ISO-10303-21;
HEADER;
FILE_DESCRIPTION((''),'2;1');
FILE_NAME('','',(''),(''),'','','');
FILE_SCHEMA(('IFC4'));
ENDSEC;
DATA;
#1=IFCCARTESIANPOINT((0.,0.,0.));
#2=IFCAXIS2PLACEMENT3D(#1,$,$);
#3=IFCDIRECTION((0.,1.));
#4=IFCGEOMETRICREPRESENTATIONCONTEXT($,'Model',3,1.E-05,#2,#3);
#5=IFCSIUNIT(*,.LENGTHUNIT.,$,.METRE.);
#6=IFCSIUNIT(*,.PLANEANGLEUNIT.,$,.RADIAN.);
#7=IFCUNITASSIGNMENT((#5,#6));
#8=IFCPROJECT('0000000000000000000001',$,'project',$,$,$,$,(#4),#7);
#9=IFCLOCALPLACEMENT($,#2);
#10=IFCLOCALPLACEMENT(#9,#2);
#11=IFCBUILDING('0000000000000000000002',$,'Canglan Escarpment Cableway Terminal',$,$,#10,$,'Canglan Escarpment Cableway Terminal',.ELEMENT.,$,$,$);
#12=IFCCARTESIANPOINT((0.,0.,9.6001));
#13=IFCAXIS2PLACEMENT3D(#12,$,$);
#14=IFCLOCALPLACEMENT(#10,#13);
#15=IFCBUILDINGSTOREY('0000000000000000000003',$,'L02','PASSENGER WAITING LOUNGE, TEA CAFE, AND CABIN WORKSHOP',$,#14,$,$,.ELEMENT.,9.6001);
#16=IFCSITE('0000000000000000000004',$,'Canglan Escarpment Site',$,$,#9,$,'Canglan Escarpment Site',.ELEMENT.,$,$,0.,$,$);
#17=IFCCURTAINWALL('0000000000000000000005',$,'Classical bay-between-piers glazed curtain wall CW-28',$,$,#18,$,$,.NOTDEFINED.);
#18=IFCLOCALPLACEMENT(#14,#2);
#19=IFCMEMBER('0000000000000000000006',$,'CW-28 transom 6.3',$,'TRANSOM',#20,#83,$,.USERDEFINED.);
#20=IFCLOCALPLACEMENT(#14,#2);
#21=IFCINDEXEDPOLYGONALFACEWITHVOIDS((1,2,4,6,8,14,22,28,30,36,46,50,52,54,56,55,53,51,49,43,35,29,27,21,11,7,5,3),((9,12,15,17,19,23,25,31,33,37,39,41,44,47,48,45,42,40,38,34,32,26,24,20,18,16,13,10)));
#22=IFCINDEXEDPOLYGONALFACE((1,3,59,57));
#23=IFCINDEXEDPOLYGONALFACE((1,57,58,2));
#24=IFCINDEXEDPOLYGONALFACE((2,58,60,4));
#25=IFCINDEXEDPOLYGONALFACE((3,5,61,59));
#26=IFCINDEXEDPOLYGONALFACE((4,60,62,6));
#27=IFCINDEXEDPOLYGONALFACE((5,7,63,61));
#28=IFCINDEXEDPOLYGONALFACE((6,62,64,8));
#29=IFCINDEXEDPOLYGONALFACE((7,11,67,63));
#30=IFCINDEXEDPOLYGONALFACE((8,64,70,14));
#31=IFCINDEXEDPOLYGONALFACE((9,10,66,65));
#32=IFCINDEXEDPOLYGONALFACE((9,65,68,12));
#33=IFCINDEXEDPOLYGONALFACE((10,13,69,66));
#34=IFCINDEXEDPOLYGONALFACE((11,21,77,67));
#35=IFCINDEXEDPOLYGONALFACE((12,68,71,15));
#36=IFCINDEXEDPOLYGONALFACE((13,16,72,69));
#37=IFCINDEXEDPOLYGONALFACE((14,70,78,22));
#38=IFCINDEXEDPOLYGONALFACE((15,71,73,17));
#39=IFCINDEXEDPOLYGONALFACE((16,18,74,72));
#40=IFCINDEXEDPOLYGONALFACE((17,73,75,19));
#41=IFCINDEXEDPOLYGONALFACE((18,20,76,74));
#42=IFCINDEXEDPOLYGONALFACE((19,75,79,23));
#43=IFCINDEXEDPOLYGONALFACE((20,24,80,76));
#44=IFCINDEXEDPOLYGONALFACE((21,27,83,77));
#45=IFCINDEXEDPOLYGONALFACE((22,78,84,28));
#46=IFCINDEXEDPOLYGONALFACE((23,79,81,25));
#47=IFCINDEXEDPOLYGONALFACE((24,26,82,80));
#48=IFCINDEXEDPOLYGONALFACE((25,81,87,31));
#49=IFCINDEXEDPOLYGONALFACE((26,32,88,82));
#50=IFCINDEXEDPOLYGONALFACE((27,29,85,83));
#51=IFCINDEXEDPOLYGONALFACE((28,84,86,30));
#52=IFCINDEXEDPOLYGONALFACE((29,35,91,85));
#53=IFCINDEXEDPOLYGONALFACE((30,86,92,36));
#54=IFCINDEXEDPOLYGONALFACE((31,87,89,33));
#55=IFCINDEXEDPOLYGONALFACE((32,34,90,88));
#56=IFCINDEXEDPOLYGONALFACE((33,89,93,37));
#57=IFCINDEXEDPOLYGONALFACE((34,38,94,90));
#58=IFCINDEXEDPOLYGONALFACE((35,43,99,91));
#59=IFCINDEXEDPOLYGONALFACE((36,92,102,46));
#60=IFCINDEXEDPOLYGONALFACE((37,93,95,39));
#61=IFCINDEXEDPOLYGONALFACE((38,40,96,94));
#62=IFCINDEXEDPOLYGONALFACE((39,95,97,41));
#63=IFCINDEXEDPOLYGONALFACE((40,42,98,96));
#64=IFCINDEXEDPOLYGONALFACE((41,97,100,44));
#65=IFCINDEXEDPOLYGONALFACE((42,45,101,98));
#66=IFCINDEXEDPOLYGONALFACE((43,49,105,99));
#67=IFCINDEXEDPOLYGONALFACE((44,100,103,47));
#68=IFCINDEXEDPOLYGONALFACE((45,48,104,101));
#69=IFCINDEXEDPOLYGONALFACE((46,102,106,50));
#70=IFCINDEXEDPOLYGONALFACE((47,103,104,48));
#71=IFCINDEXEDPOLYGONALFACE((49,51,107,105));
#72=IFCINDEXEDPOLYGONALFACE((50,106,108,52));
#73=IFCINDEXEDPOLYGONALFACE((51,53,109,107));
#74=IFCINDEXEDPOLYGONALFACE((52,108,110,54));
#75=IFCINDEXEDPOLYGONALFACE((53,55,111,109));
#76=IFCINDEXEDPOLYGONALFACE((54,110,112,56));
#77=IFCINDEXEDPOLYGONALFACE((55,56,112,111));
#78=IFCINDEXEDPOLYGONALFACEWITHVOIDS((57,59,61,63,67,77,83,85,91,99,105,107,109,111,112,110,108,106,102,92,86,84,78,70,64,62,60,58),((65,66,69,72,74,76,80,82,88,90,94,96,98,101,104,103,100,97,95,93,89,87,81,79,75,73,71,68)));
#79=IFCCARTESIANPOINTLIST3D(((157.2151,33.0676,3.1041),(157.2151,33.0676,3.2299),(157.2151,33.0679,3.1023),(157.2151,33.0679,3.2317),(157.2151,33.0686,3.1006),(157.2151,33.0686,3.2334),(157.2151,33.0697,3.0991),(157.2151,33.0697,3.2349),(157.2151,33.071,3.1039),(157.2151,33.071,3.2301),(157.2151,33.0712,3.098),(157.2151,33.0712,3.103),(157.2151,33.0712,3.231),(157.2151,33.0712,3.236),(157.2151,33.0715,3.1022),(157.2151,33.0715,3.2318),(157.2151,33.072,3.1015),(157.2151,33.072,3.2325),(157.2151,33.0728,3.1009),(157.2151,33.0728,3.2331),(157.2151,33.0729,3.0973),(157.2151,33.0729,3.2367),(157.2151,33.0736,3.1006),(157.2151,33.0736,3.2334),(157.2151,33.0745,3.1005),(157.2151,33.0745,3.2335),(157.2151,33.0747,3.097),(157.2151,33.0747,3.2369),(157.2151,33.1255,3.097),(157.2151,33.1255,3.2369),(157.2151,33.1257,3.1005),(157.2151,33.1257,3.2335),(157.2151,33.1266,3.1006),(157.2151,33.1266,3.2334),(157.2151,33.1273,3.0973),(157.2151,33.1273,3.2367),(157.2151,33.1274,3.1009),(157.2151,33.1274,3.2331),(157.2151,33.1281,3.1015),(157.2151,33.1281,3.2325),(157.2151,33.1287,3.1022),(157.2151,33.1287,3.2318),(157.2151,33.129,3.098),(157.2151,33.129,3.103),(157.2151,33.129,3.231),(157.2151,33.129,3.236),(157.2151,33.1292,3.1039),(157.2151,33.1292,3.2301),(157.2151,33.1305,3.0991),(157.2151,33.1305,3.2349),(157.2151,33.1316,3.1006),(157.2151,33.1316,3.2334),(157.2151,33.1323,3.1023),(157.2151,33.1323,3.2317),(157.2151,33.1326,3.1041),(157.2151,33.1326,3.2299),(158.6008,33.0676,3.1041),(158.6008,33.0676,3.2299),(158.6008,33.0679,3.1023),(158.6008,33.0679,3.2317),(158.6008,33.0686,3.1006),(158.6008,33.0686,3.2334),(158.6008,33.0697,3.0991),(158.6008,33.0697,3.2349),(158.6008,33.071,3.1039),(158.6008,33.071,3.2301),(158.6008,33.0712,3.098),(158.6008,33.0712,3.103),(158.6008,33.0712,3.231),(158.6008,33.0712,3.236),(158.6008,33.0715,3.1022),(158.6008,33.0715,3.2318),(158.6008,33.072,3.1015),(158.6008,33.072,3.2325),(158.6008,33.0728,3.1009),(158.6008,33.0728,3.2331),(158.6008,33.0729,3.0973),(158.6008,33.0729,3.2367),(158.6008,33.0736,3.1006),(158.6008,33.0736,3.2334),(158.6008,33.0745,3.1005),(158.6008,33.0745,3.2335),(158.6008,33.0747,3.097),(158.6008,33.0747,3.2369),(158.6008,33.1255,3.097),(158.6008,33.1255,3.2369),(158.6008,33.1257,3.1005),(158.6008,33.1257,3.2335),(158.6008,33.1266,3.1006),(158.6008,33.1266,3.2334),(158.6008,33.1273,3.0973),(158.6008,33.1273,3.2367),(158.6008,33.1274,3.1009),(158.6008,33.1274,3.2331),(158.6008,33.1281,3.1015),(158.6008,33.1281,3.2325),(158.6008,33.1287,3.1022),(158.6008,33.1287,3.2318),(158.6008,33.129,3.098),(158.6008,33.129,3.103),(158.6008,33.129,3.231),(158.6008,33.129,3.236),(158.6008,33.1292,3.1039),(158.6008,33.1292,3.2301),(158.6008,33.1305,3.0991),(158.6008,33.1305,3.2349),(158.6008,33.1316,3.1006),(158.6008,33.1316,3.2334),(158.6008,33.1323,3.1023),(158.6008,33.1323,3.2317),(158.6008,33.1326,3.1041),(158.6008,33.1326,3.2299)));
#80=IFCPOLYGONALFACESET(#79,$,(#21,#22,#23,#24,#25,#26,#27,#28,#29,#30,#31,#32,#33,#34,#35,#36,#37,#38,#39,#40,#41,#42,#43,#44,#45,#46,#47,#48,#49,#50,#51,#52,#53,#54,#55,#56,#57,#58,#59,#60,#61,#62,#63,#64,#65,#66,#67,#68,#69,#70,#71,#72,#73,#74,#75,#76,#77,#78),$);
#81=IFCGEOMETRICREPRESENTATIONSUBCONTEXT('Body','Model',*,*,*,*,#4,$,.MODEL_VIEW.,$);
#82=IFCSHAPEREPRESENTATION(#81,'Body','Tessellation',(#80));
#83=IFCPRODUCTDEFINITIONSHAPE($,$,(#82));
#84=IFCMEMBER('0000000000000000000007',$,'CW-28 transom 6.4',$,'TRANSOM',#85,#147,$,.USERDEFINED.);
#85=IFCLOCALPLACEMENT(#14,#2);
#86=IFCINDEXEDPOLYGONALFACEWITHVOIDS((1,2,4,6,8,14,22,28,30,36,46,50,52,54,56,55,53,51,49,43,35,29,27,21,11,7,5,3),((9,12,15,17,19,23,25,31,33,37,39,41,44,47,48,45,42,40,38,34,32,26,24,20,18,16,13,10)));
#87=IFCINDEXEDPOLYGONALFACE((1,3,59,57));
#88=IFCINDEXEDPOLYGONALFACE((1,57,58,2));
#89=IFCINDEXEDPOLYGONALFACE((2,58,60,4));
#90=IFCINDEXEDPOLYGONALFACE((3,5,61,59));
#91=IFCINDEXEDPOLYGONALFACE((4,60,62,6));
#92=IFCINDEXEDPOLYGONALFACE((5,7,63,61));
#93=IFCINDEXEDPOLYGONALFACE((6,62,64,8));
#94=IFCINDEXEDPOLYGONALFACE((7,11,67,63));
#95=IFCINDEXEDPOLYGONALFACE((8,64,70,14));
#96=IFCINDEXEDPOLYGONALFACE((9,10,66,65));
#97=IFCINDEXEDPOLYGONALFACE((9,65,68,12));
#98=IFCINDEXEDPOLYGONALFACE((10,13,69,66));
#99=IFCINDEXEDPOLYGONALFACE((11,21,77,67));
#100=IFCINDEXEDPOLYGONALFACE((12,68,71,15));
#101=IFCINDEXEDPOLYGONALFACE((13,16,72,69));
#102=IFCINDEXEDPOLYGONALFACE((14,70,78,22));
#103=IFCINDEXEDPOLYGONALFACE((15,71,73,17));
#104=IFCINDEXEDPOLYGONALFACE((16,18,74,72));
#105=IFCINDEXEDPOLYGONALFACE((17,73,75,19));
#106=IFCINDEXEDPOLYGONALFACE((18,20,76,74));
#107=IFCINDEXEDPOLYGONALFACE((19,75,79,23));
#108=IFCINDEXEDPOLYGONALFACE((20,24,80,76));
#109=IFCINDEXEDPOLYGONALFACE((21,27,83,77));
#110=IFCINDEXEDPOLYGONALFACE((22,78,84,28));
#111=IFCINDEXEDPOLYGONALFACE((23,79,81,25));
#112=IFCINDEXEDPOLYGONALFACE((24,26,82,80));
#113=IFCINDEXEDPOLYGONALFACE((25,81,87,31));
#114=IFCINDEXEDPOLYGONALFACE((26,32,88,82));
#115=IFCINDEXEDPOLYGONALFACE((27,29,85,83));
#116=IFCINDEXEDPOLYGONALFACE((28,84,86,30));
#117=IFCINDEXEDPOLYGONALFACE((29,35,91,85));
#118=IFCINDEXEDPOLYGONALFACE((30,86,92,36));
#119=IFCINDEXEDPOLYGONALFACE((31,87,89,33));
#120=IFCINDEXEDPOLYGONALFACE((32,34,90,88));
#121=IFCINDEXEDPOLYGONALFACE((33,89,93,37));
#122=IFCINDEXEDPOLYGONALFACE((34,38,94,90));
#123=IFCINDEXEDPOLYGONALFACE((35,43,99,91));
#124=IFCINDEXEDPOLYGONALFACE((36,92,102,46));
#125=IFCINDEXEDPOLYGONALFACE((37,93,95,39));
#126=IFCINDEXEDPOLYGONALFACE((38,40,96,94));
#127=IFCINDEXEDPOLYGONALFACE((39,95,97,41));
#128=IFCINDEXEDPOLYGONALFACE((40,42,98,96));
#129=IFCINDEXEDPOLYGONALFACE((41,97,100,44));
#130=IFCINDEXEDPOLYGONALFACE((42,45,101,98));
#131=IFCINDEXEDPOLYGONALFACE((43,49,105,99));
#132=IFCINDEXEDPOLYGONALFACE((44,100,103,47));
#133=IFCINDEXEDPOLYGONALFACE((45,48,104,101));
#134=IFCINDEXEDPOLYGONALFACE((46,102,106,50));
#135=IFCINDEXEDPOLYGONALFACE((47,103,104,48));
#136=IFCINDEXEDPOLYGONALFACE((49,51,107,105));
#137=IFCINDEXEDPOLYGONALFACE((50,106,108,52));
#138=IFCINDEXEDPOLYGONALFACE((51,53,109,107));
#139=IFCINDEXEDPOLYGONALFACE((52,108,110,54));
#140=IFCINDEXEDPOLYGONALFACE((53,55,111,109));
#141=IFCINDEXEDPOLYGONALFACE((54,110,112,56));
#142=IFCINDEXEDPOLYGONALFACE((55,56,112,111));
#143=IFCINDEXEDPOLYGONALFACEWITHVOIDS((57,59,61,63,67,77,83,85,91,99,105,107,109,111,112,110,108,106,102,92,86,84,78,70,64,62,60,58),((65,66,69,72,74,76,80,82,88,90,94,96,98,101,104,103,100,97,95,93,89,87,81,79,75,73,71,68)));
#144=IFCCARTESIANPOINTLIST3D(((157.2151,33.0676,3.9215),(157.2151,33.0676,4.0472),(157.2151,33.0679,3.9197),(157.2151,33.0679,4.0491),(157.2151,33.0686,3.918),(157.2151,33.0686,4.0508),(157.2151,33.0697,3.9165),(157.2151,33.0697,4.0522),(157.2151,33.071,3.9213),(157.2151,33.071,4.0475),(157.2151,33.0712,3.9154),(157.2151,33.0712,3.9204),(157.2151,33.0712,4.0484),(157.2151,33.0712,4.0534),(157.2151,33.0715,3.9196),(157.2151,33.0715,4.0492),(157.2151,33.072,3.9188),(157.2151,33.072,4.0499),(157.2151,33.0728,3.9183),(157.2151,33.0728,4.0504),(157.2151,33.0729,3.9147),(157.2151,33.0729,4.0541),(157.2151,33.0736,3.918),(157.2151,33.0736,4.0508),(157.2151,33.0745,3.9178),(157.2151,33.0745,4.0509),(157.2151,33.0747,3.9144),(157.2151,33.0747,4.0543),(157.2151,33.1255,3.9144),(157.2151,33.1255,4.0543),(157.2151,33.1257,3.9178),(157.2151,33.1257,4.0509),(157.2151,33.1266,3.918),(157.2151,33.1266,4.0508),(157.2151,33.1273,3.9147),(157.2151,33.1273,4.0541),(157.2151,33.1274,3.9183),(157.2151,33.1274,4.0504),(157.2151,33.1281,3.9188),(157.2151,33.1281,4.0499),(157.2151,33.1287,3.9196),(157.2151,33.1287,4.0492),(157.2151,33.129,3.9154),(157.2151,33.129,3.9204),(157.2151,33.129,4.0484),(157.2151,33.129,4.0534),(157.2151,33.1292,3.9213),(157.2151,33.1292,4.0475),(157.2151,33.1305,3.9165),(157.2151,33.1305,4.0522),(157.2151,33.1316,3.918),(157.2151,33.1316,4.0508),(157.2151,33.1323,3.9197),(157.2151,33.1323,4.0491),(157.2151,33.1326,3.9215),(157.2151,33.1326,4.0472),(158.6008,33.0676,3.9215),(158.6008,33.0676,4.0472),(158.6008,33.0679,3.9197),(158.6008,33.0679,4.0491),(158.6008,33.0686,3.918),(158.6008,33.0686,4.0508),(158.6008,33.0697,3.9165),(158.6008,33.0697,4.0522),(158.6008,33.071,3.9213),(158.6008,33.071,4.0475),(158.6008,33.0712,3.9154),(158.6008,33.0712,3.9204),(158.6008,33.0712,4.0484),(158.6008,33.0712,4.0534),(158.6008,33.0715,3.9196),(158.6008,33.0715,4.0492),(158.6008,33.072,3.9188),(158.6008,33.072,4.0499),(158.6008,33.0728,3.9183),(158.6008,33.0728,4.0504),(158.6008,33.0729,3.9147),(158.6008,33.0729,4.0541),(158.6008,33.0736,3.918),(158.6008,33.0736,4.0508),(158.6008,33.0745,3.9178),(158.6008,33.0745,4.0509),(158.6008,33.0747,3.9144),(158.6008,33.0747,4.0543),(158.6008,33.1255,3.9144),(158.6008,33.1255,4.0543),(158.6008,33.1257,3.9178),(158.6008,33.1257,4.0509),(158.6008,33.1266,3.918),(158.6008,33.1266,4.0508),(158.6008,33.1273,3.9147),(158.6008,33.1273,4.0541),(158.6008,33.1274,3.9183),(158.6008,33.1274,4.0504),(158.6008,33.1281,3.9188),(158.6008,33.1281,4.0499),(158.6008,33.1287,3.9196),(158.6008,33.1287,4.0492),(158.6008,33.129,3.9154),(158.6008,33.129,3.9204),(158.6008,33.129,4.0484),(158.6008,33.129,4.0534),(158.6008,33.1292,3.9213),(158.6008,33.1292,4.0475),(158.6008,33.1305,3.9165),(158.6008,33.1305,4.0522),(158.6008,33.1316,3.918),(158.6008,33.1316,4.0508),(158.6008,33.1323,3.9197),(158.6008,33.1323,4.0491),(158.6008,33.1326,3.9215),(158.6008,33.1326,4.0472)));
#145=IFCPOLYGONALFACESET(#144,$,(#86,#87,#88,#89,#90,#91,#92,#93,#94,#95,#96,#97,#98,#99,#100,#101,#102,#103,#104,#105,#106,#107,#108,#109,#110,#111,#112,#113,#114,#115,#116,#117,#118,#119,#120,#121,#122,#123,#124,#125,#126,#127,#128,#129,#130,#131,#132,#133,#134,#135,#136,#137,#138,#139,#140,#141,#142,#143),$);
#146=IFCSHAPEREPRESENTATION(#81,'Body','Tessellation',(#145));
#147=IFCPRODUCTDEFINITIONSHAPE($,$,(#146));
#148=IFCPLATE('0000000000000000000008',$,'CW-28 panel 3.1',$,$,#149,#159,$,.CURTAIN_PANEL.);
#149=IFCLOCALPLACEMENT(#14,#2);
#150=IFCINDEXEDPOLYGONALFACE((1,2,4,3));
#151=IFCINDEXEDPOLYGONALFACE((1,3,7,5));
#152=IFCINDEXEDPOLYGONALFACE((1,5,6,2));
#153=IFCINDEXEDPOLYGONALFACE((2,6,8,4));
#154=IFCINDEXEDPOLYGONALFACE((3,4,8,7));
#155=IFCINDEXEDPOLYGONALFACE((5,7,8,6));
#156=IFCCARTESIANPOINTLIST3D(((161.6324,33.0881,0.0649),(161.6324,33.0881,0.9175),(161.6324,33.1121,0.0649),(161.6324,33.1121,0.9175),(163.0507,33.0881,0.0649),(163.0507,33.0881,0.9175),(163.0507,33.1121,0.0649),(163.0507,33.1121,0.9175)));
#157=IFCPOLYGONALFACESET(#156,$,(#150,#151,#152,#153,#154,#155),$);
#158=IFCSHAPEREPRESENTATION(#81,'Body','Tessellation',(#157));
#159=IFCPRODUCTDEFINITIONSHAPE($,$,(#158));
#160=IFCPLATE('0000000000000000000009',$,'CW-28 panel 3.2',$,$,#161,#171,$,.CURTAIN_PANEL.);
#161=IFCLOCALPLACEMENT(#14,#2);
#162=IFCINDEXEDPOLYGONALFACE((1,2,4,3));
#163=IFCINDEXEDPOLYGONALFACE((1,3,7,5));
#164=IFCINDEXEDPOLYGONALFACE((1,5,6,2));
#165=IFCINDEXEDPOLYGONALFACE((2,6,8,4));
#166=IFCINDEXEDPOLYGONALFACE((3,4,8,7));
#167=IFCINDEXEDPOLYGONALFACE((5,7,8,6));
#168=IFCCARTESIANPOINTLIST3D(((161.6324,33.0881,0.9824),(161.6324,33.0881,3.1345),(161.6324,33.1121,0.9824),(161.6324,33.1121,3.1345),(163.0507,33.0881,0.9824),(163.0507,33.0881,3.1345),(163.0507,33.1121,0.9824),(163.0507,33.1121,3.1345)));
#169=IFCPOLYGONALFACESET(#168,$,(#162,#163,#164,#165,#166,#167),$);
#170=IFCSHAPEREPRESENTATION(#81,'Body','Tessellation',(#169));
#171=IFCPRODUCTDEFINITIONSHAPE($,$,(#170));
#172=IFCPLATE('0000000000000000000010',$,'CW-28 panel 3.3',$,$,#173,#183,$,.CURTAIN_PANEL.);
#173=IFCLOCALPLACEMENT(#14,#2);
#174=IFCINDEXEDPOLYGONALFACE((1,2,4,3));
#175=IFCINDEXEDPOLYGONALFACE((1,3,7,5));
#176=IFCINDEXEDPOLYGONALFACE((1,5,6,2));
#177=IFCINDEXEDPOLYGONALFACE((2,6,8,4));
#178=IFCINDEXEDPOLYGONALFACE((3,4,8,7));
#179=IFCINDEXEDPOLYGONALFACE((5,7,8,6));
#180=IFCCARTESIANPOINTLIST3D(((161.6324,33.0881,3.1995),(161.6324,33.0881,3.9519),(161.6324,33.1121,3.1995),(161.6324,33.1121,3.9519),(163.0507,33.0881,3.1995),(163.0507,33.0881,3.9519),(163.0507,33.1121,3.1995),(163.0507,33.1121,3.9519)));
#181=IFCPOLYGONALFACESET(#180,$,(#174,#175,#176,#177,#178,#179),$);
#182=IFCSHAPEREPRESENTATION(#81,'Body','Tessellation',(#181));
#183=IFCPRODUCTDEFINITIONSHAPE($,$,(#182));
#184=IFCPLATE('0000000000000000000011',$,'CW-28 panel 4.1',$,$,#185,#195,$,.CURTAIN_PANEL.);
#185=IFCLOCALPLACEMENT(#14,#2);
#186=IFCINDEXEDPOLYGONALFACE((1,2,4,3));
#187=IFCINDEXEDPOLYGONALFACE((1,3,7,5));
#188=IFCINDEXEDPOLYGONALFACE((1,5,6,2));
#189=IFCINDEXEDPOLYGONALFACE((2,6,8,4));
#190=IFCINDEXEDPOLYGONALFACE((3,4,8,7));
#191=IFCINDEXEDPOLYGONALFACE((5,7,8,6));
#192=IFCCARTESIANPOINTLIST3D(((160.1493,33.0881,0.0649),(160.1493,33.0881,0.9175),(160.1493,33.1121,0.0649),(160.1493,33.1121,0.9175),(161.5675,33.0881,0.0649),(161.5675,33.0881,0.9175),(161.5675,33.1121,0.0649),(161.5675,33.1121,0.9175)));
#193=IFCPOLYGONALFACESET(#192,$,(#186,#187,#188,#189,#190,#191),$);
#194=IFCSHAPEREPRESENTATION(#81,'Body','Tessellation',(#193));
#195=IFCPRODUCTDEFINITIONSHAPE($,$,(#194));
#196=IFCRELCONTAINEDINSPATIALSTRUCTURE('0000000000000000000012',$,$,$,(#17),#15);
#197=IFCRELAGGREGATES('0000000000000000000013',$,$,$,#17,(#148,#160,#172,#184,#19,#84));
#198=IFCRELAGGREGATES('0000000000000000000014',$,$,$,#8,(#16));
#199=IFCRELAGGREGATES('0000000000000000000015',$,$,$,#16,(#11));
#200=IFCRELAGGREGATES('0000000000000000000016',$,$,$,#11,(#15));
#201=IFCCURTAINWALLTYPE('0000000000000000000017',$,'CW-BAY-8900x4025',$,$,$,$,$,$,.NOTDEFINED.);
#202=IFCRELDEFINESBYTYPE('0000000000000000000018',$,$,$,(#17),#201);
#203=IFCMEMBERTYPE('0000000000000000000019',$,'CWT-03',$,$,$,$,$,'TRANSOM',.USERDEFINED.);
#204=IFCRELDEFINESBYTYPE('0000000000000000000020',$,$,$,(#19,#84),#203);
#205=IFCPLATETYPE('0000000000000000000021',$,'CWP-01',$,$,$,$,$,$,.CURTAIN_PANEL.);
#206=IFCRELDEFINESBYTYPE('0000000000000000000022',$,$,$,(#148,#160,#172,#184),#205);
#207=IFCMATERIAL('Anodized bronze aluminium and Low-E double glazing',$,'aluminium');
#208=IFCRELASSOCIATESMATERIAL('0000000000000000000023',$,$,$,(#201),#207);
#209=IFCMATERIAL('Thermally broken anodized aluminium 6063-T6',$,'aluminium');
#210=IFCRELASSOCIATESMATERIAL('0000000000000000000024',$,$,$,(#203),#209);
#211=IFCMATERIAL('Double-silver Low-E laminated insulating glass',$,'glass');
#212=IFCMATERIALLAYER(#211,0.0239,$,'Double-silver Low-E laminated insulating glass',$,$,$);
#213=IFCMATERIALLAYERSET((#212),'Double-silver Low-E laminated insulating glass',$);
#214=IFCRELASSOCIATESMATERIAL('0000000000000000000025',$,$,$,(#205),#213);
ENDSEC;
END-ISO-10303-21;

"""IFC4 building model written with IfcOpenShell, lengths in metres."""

from ifc_helpers import new_model, si_unit, direction, frame, origin, origin_2d, place, context, subcontext, project, spatial, rectangle, hollow_rectangle, extrude, material, layer, layer_set, material_profile, profile_set, type_object, element, aggregate, save


model = new_model("IFC4")

# Units and contexts
model_context = context("Model", 3, precision=1e-05, world=origin(), true_north=direction((0.0, 1.0)))
body_context = subcontext(model_context, "Body", "Model", "MODEL_VIEW")
ifc_project = project(units=[si_unit("LENGTHUNIT", "METRE"), si_unit("PLANEANGLEUNIT", "RADIAN")], contexts=[model_context])

# Site, building, storey
site_placement = place(None, origin())
site = spatial("IfcSite", under=ifc_project, at=site_placement, Name="Canglan Escarpment Site", LongName="Canglan Escarpment Site", CompositionType="ELEMENT", RefElevation=0.0)
building_placement = place(site_placement, origin())
building = spatial("IfcBuilding", under=site, at=building_placement, Name="Canglan Escarpment Cableway Terminal", LongName="Canglan Escarpment Cableway Terminal", CompositionType="ELEMENT")
storey_placement = place(building_placement, frame((0.0, 0.0, 9.6001)))
storey = spatial("IfcBuildingStorey", under=building, at=storey_placement, Name="L02", Description="PASSENGER WAITING LOUNGE, TEA CAFE, AND CABIN WORKSHOP", CompositionType="ELEMENT", Elevation=9.6001)

# Curtain wall, members, plates
ifc_material_1 = material(Name="Anodized bronze aluminium and Low-E double glazing", Category="aluminium")
curtain_wall_type = type_object("IfcCurtainWallType", Name="CW-BAY-8900x4025", PredefinedType="NOTDEFINED", material=ifc_material_1)
curtain_wall_placement = place(storey_placement, origin())
curtain_wall = element("IfcCurtainWall", 1, at=curtain_wall_placement, inside=storey, type_object=curtain_wall_type, Name="Classical bay-between-piers glazed curtain wall CW-28", PredefinedType="NOTDEFINED")
ifc_material_2 = material(Name="Thermally broken anodized aluminium 6063-T6", Category="aluminium")
ifc_material_profile_1 = material_profile(ifc_material_2, hollow_rectangle(XDim=0.0649, YDim=0.1399, WallThickness=0.0034, InnerFilletRadius=0.0034, OuterFilletRadius=0.0071, at=origin_2d()), Name="ALU-TRAN 65x140x3.5")
ifc_profile_set_1 = profile_set([ifc_material_profile_1], Name="Thermally broken anodized aluminium 6063-T6")
member_type_1 = type_object("IfcMemberType", Name="CWT-03", ElementType="TRANSOM", PredefinedType="USERDEFINED", material=ifc_profile_set_1)
member_1_placement = place(storey_placement, frame((158.6008, 33.1001, 3.167), z_axis=(-1.0, 0.0, 0.0), x_axis=(0.0, -1.0, 0.0)))
member_1 = element("IfcMember", 2, at=member_1_placement, type_object=member_type_1, Name="CW-28 transom 6.3", ObjectType="TRANSOM", PredefinedType="USERDEFINED", context=body_context, shape_type="SweptSolid", body=[
    extrude(hollow_rectangle(XDim=0.0649, YDim=0.1399, WallThickness=0.0034, InnerFilletRadius=0.0034, OuterFilletRadius=0.0071, at=origin_2d()), origin(), (0.0, 0.0, 1.0), 1.3857),
])
member_2_placement = place(storey_placement, frame((158.6008, 33.1001, 3.9844), z_axis=(-1.0, 0.0, 0.0), x_axis=(0.0, -1.0, 0.0)))
member_2 = element("IfcMember", 3, at=member_2_placement, type_object=member_type_1, Name="CW-28 transom 6.4", ObjectType="TRANSOM", PredefinedType="USERDEFINED", context=body_context, shape_type="SweptSolid", body=[
    extrude(hollow_rectangle(XDim=0.0649, YDim=0.1399, WallThickness=0.0034, InnerFilletRadius=0.0034, OuterFilletRadius=0.0071, at=origin_2d()), origin(), (0.0, 0.0, 1.0), 1.3857),
])
ifc_material_3 = material(Name="Double-silver Low-E laminated insulating glass", Category="glass")
ifc_layer = layer(ifc_material_3, 0.0239, Name="Double-silver Low-E laminated insulating glass")
ifc_layer_set = layer_set([ifc_layer], Name="Double-silver Low-E laminated insulating glass")
plate_type = type_object("IfcPlateType", Name="CWP-01", PredefinedType="CURTAIN_PANEL", material=ifc_layer_set)
plate_1_placement = place(storey_placement, frame((162.3416, 33.1001, 0.0649), z_axis=(0.0, 0.0, 1.0), x_axis=(-1.0, 0.0, 0.0)))
plate_1 = element("IfcPlate", 4, at=plate_1_placement, type_object=plate_type, Name="CW-28 panel 3.1", PredefinedType="CURTAIN_PANEL", context=body_context, shape_type="SweptSolid", body=[
    extrude(rectangle(XDim=1.4182, YDim=0.0239, at=origin_2d()), origin(), (0.0, 0.0, 1.0), 0.8525),
])
plate_2_placement = place(storey_placement, frame((162.3416, 33.1001, 0.9824), z_axis=(0.0, 0.0, 1.0), x_axis=(-1.0, 0.0, 0.0)))
plate_2 = element("IfcPlate", 5, at=plate_2_placement, type_object=plate_type, Name="CW-28 panel 3.2", PredefinedType="CURTAIN_PANEL", context=body_context, shape_type="SweptSolid", body=[
    extrude(rectangle(XDim=1.4182, YDim=0.0239, at=origin_2d()), origin(), (0.0, 0.0, 1.0), 2.1521),
])
plate_3_placement = place(storey_placement, frame((162.3416, 33.1001, 3.1995), z_axis=(0.0, 0.0, 1.0), x_axis=(-1.0, 0.0, 0.0)))
plate_3 = element("IfcPlate", 6, at=plate_3_placement, type_object=plate_type, Name="CW-28 panel 3.3", PredefinedType="CURTAIN_PANEL", context=body_context, shape_type="SweptSolid", body=[
    extrude(rectangle(XDim=1.4182, YDim=0.0239, at=origin_2d()), origin(), (0.0, 0.0, 1.0), 0.7524),
])
plate_4_placement = place(storey_placement, frame((160.8584, 33.1001, 0.0649), z_axis=(0.0, 0.0, 1.0), x_axis=(-1.0, 0.0, 0.0)))
plate_4 = element("IfcPlate", 7, at=plate_4_placement, type_object=plate_type, Name="CW-28 panel 4.1", PredefinedType="CURTAIN_PANEL", context=body_context, shape_type="SweptSolid", body=[
    extrude(rectangle(XDim=1.4182, YDim=0.0239, at=origin_2d()), origin(), (0.0, 0.0, 1.0), 0.8525),
])
aggregate(curtain_wall, [plate_1, plate_2, plate_3, plate_4, member_1, member_2])

save(model, "model.ifc")
